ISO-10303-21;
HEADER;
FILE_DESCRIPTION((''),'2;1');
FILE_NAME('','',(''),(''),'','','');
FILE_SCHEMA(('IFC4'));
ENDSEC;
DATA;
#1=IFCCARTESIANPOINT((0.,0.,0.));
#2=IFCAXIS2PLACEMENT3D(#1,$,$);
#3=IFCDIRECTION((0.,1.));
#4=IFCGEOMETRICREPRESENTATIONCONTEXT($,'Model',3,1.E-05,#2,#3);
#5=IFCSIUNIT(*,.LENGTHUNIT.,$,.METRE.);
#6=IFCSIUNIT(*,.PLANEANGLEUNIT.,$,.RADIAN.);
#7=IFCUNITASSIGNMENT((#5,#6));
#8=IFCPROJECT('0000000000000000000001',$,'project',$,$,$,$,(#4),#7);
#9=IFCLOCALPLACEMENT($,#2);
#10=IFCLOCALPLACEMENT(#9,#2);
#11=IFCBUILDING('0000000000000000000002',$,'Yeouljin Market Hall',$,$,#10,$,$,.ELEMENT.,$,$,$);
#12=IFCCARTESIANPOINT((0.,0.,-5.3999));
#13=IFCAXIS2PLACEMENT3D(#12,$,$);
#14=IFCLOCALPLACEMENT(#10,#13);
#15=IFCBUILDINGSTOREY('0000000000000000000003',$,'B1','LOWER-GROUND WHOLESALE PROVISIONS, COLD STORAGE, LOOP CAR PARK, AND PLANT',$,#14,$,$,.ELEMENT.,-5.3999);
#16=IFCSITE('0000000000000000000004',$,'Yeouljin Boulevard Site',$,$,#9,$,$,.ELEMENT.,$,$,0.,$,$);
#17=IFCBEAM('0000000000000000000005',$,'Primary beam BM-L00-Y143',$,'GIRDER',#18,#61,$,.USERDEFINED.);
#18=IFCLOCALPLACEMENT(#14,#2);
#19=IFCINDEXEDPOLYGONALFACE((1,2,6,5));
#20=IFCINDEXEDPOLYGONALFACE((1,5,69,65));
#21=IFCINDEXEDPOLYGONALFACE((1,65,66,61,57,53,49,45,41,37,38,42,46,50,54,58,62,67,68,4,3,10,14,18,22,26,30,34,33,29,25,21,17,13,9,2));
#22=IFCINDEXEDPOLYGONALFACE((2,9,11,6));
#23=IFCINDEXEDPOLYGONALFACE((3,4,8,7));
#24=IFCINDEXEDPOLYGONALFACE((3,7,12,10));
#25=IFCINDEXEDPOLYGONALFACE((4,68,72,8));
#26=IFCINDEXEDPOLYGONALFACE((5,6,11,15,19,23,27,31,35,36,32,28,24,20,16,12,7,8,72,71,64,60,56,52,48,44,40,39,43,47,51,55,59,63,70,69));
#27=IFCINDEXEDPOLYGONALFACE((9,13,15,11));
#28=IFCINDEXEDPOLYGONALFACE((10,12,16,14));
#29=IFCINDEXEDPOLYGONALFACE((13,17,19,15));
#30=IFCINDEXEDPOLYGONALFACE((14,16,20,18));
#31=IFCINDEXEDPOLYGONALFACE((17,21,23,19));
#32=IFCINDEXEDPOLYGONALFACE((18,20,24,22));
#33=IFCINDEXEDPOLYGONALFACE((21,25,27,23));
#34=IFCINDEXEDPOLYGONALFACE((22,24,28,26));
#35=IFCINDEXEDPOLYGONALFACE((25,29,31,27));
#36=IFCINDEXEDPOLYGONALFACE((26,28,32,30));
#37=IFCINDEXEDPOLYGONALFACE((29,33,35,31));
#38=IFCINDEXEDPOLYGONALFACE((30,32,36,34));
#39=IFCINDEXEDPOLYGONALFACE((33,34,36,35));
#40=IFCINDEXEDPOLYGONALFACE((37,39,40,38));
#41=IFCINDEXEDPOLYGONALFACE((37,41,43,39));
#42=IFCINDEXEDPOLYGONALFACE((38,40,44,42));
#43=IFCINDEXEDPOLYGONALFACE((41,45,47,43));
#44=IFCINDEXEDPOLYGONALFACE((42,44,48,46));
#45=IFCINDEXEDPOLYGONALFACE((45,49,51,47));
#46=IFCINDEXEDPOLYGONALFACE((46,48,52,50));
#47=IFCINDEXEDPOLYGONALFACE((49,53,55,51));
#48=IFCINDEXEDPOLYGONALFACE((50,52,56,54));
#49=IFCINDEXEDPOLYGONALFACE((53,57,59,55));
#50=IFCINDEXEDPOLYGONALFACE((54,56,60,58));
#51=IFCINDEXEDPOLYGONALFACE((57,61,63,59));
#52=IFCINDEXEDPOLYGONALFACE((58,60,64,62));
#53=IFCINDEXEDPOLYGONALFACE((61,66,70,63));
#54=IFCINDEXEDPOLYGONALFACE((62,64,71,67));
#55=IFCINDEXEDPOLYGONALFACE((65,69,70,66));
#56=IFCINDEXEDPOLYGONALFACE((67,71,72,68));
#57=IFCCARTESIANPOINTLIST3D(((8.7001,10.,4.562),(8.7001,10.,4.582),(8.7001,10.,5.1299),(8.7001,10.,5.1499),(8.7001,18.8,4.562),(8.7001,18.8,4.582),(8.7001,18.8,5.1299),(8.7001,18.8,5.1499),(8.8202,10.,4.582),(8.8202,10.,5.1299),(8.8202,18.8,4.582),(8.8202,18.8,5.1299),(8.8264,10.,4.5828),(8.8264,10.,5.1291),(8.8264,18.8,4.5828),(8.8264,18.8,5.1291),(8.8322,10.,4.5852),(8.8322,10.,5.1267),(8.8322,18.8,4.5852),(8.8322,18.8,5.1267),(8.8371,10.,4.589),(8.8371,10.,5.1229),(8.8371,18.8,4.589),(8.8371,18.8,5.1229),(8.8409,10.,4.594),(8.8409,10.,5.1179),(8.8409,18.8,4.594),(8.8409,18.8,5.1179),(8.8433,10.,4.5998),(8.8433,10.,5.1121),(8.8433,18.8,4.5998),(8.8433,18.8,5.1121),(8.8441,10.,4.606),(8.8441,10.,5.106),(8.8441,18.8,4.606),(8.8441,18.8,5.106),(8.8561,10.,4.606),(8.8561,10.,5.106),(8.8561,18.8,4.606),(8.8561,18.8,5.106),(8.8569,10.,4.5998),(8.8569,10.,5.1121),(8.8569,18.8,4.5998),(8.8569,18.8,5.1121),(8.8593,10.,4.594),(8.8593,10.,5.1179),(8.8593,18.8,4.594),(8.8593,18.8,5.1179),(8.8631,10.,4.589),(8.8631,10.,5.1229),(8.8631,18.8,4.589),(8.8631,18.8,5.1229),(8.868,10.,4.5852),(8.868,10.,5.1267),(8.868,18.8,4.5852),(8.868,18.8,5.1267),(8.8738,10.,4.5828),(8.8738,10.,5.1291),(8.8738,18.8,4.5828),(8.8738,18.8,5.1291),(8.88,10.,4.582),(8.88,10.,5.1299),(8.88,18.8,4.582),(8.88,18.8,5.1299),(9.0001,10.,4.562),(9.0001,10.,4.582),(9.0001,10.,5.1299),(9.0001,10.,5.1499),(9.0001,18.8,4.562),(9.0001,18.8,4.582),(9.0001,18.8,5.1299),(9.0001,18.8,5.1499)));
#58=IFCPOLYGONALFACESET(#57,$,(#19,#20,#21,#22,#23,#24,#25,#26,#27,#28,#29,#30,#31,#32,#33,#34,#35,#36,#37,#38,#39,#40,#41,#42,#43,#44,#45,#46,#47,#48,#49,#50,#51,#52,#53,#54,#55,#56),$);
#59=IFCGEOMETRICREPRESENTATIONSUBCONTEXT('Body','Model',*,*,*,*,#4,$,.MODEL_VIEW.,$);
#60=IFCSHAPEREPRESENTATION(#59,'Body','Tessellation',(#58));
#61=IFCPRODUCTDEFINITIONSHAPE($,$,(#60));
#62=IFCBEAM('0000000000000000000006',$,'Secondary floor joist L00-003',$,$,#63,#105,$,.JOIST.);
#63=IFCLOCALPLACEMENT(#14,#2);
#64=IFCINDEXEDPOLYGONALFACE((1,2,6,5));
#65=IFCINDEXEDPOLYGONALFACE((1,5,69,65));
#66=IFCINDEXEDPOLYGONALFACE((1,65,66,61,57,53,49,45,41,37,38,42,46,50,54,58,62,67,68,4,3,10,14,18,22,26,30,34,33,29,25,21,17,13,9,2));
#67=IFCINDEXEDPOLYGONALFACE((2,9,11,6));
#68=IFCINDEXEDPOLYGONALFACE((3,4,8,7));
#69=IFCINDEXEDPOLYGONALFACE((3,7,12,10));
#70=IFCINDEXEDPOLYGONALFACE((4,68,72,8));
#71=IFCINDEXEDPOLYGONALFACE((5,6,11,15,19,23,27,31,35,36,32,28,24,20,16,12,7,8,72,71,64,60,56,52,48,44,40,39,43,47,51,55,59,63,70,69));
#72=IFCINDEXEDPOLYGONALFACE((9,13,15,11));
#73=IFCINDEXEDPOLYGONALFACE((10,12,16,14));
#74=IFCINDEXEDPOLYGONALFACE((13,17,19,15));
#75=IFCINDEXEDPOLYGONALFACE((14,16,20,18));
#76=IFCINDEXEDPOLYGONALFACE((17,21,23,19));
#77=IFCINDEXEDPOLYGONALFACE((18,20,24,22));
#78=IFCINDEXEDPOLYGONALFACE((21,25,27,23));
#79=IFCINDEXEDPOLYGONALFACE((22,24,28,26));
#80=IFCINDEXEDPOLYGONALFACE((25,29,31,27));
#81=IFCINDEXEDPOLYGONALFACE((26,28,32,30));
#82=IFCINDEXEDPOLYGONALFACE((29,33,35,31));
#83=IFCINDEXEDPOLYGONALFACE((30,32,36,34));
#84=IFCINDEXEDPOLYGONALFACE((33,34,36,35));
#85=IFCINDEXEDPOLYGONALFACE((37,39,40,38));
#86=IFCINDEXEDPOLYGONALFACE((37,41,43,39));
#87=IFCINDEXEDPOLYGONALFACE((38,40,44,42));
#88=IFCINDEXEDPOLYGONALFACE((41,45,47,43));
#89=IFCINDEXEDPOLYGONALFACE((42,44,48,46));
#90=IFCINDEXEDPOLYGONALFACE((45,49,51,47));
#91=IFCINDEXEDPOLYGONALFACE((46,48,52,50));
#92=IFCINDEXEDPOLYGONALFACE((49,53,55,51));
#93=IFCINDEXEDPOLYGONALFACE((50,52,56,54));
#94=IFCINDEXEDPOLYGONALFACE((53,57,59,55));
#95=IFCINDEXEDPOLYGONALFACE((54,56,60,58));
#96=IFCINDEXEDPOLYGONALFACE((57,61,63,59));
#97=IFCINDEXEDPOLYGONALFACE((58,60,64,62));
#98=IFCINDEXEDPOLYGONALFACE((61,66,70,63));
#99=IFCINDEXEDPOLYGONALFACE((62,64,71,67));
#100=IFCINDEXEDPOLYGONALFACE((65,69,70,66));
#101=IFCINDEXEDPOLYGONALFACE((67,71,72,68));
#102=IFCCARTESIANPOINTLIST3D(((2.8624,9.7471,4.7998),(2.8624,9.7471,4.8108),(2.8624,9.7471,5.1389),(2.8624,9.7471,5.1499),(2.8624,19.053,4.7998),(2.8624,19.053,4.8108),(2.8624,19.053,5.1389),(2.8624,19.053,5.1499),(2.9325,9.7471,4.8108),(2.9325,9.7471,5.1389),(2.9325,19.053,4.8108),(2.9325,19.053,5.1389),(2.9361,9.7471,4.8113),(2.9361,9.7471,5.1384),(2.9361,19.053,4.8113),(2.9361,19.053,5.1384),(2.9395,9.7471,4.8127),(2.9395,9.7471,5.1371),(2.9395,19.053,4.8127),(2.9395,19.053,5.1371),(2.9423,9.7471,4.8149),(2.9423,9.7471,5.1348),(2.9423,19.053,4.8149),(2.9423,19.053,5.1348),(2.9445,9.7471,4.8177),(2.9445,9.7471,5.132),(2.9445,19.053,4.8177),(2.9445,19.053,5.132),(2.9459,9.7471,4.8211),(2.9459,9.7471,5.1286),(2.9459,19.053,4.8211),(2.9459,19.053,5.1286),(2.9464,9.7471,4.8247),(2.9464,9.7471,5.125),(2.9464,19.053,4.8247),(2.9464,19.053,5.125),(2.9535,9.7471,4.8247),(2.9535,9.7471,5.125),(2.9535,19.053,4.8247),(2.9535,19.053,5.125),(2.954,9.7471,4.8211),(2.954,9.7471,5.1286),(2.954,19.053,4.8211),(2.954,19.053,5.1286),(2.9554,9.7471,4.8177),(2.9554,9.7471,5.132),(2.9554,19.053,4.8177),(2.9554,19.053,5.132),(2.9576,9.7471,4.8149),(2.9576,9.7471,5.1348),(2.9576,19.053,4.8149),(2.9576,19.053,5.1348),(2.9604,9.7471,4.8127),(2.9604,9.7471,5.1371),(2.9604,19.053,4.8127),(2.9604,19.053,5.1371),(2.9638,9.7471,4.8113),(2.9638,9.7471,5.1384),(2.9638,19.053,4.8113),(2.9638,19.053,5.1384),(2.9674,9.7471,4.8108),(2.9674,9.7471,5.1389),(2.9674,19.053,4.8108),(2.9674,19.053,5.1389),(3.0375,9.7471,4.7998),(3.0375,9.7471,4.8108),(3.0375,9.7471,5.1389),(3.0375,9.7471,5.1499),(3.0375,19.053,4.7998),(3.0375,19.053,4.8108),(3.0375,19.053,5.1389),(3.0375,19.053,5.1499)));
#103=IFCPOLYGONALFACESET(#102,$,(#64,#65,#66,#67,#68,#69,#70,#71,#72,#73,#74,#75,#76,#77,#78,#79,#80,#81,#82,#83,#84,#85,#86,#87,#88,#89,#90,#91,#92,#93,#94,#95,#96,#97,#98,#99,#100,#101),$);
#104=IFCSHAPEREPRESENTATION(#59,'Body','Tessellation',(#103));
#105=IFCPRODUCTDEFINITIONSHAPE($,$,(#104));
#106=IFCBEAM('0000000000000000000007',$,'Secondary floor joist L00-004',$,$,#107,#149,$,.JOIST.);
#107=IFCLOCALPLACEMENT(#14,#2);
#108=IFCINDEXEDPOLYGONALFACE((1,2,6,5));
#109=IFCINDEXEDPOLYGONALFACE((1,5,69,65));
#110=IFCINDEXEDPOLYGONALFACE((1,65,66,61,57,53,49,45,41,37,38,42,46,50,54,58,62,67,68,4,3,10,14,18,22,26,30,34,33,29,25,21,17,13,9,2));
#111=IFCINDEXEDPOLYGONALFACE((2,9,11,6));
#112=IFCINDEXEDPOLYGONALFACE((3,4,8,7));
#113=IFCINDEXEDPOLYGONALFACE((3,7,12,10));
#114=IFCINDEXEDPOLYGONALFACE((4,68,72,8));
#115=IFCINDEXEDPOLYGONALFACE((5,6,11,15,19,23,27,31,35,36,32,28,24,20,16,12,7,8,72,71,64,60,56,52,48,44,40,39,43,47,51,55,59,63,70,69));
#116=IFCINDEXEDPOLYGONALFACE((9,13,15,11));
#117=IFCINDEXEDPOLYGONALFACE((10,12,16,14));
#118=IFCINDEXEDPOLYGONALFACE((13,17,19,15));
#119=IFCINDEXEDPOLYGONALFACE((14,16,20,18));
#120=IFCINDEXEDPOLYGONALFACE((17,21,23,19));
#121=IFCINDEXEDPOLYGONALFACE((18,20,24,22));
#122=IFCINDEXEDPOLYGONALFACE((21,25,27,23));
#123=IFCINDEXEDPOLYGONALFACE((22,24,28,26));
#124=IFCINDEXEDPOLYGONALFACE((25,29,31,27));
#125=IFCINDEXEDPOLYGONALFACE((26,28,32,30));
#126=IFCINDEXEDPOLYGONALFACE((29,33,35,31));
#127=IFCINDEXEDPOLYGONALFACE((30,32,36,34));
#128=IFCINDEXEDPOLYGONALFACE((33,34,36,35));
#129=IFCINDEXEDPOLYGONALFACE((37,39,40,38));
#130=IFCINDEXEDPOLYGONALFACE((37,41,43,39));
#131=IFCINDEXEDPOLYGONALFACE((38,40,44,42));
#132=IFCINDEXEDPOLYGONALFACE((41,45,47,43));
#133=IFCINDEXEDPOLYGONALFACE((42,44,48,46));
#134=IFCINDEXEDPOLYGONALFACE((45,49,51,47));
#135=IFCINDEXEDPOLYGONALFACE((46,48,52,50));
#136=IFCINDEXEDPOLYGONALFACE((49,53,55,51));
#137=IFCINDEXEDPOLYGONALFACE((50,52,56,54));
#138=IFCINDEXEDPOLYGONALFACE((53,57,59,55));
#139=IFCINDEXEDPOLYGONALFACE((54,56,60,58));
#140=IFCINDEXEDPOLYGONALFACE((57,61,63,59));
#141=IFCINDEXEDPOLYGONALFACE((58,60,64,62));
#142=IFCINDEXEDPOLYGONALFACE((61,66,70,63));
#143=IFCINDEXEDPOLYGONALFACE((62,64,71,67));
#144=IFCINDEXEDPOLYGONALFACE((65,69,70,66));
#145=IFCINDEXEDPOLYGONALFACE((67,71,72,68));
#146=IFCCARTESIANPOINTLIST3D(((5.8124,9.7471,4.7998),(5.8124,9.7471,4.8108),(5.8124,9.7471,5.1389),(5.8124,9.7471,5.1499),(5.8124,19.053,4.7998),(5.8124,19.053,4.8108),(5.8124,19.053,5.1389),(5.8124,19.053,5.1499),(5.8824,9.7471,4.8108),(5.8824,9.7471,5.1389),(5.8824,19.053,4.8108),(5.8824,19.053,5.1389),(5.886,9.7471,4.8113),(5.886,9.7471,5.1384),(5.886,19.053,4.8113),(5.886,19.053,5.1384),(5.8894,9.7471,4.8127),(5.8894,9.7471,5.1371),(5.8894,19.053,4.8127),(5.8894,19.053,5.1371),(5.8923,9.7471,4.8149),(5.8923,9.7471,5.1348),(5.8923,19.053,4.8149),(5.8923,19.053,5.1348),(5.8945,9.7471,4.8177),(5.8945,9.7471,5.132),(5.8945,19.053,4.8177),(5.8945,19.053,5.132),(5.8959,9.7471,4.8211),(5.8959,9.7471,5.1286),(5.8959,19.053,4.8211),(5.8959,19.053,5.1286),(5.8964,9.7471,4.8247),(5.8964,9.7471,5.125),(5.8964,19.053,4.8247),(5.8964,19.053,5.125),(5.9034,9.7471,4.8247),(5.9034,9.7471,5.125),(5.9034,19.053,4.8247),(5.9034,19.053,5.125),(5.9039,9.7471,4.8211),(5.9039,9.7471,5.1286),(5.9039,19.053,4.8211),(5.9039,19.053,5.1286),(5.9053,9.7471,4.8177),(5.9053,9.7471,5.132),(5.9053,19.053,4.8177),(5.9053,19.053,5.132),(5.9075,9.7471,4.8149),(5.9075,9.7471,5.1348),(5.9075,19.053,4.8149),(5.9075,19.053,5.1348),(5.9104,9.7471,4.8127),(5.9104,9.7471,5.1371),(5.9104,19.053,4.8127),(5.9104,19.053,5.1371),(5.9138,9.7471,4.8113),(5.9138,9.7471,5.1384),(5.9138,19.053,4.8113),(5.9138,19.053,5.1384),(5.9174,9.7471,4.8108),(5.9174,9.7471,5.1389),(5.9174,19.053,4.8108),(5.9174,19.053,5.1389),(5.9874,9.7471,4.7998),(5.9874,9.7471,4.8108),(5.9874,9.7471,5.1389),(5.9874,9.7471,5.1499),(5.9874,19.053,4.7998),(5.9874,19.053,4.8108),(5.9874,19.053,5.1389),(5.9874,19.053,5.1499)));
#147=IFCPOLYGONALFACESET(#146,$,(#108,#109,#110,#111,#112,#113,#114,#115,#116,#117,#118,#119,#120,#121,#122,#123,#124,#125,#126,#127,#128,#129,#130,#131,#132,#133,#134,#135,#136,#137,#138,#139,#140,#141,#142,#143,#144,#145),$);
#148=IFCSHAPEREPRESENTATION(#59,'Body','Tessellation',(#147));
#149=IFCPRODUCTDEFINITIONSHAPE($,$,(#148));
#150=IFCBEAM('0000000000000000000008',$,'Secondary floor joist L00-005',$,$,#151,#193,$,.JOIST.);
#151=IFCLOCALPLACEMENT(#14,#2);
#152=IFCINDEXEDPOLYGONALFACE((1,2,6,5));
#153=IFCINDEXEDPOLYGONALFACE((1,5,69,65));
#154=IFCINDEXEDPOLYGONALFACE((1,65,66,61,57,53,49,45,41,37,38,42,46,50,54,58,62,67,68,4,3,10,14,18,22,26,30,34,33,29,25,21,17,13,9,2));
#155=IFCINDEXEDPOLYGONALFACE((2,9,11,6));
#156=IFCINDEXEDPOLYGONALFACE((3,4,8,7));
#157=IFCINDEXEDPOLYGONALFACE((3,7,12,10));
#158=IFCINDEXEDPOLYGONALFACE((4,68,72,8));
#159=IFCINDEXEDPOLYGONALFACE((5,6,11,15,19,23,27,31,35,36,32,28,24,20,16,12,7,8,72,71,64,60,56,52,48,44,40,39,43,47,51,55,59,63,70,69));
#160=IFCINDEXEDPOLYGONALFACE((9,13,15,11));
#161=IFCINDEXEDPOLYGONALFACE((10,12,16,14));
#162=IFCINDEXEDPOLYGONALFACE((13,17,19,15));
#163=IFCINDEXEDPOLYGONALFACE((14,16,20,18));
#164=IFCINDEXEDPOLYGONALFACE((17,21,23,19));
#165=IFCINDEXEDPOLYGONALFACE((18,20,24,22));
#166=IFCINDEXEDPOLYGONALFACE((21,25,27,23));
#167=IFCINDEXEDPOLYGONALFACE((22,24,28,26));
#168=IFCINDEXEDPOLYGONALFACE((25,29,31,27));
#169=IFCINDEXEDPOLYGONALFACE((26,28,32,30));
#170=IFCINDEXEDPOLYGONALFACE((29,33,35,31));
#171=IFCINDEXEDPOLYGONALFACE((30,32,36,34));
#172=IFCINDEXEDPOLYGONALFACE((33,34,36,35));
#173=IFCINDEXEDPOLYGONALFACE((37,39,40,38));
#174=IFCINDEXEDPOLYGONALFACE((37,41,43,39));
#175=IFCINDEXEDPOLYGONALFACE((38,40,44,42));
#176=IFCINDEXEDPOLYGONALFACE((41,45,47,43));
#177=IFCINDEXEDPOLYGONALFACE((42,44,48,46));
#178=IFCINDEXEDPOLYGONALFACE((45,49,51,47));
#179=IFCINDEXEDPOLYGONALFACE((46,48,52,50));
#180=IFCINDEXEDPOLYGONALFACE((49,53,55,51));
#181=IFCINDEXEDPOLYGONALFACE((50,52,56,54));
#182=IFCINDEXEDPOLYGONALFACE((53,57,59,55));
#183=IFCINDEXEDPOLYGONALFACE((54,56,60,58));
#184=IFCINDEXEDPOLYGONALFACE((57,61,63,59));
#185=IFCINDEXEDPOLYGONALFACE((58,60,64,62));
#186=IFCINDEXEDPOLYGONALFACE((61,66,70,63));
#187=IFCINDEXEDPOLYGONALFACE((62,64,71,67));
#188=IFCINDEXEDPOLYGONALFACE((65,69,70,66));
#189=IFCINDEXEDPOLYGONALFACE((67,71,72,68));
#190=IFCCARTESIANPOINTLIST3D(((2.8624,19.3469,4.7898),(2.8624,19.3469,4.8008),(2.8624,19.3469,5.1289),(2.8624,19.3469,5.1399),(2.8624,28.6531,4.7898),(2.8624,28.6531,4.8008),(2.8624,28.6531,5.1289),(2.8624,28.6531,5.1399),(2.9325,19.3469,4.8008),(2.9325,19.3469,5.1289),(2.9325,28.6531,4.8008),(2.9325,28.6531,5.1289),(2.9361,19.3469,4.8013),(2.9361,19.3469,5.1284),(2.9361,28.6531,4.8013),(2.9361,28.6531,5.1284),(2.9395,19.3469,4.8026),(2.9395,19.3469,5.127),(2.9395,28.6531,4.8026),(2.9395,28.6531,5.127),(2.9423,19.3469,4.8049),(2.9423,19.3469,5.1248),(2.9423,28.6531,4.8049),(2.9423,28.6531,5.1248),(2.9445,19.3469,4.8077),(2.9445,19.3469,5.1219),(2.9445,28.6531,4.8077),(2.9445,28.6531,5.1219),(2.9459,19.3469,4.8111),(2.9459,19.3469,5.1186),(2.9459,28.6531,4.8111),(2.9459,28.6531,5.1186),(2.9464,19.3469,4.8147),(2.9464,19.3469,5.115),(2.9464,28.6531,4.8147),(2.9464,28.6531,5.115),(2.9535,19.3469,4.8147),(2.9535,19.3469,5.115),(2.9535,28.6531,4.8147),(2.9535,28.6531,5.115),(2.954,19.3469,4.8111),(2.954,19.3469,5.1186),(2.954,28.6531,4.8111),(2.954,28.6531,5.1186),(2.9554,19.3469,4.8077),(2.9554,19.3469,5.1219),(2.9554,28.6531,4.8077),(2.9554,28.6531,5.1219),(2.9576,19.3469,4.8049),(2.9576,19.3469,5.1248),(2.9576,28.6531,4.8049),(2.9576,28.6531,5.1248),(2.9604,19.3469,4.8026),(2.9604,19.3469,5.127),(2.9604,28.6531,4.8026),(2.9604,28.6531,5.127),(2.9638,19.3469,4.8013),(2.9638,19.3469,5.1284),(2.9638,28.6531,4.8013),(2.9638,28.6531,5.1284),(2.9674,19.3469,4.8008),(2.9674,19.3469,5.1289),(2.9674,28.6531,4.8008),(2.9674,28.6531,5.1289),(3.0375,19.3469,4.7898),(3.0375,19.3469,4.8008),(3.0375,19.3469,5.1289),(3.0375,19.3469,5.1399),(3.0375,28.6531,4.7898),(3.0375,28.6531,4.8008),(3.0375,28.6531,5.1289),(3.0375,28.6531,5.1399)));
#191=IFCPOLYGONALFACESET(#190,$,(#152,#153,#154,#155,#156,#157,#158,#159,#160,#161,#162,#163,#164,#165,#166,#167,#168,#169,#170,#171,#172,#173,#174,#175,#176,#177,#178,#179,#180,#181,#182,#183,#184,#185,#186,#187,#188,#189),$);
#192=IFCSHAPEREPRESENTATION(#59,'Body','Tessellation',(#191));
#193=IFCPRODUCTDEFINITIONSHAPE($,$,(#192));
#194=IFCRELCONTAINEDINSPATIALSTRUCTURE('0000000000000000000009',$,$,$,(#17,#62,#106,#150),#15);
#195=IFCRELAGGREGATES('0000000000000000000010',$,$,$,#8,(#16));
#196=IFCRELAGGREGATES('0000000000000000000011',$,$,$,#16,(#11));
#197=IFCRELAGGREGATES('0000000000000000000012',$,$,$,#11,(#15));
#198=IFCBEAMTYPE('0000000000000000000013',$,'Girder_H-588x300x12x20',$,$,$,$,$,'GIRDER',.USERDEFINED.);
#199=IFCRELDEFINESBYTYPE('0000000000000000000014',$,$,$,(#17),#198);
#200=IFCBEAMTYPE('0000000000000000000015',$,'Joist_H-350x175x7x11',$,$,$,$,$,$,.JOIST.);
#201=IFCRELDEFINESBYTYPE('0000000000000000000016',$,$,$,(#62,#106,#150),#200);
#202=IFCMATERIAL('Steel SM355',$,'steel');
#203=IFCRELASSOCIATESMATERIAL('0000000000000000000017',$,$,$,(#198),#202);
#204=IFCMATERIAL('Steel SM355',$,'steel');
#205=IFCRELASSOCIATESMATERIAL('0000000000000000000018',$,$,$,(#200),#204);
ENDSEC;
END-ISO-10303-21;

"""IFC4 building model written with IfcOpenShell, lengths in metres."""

from ifc_helpers import new_model, si_unit, direction, frame, origin, origin_2d, place, context, subcontext, project, spatial, i_section, extrude, material, material_profile, profile_set, type_object, element, save


model = new_model("IFC4")

# Units and contexts
model_context = context("Model", 3, precision=1e-05, world=origin(), true_north=direction((0.0, 1.0)))
body_context = subcontext(model_context, "Body", "Model", "MODEL_VIEW")
ifc_project = project(units=[si_unit("LENGTHUNIT", "METRE"), si_unit("PLANEANGLEUNIT", "RADIAN")], contexts=[model_context])

# Site, building, storey
site_placement = place(None, origin())
site = spatial("IfcSite", under=ifc_project, at=site_placement, Name="Yeouljin Boulevard Site", CompositionType="ELEMENT", RefElevation=0.0)
building_placement = place(site_placement, origin())
building = spatial("IfcBuilding", under=site, at=building_placement, Name="Yeouljin Market Hall", CompositionType="ELEMENT")
storey_placement = place(building_placement, frame((0.0, 0.0, -5.3999)))
storey = spatial("IfcBuildingStorey", under=building, at=storey_placement, Name="B1", Description="LOWER-GROUND WHOLESALE PROVISIONS, COLD STORAGE, LOOP CAR PARK, AND PLANT", CompositionType="ELEMENT", Elevation=-5.3999)

# Beams
ifc_material_1 = material(Name="Steel SM355", Category="steel")
ifc_material_profile_1 = material_profile(ifc_material_1, i_section(OverallWidth=0.3, OverallDepth=0.5879, WebThickness=0.012, FlangeThickness=0.02, FilletRadius=0.0239, at=origin_2d()), Name="H-588x300x12x20")
ifc_profile_set_1 = profile_set([ifc_material_profile_1], Name="Steel SM355")
beam_type_1 = type_object("IfcBeamType", Name="Girder_H-588x300x12x20", ElementType="GIRDER", PredefinedType="USERDEFINED", material=ifc_profile_set_1)
beam_1_placement = place(storey_placement, frame((8.8501, 10.0, 4.856), z_axis=(0.0, 1.0, 0.0), x_axis=(-1.0, 0.0, 0.0)))
element("IfcBeam", 1, at=beam_1_placement, inside=storey, type_object=beam_type_1, Name="Primary beam BM-L00-Y143", ObjectType="GIRDER", PredefinedType="USERDEFINED", context=body_context, shape_type="SweptSolid", body=[
    extrude(i_section(OverallWidth=0.3, OverallDepth=0.5879, WebThickness=0.012, FlangeThickness=0.02, FilletRadius=0.0239, at=origin_2d()), origin(), (0.0, 0.0, 1.0), 8.8),
])
ifc_material_2 = material(Name="Steel SM355", Category="steel")
ifc_material_profile_2 = material_profile(ifc_material_2, i_section(OverallWidth=0.175, OverallDepth=0.3501, WebThickness=0.0071, FlangeThickness=0.011, FilletRadius=0.0139, at=origin_2d()), Name="H-350x175x7x11")
ifc_profile_set_2 = profile_set([ifc_material_profile_2], Name="Steel SM355")
beam_type_2 = type_object("IfcBeamType", Name="Joist_H-350x175x7x11", PredefinedType="JOIST", material=ifc_profile_set_2)
for number, where, z_axis, x_axis, name in (
    (2, (2.95, 9.7471, 4.9749), (0.0, 1.0, 0.0), (-1.0, 0.0, 0.0), "Secondary floor joist L00-003"),
    (3, (5.8999, 9.7471, 4.9749), (0.0, 1.0, 0.0), (-1.0, 0.0, 0.0), "Secondary floor joist L00-004"),
):
    element("IfcBeam", number, at=place(storey_placement, frame(where, z_axis=z_axis, x_axis=x_axis)), inside=storey, type_object=beam_type_2, Name=name, PredefinedType="JOIST", context=body_context, shape_type="SweptSolid", body=[
        extrude(i_section(OverallWidth=0.175, OverallDepth=0.3501, WebThickness=0.0071, FlangeThickness=0.011, FilletRadius=0.0139, at=origin_2d()), origin(), (0.0, 0.0, 1.0), 9.3059),
    ])
for number, where, z_axis, x_axis, name in (
    (4, (2.95, 19.3469, 4.9648), (0.0, 1.0, 0.0), (-1.0, 0.0, 0.0), "Secondary floor joist L00-005"),
):
    element("IfcBeam", number, at=place(storey_placement, frame(where, z_axis=z_axis, x_axis=x_axis)), inside=storey, type_object=beam_type_2, Name=name, PredefinedType="JOIST", context=body_context, shape_type="SweptSolid", body=[
        extrude(i_section(OverallWidth=0.175, OverallDepth=0.3501, WebThickness=0.0071, FlangeThickness=0.011, FilletRadius=0.0139, at=origin_2d()), origin(), (0.0, 0.0, 1.0), 9.3062),
    ])

save(model, "model.ifc")
